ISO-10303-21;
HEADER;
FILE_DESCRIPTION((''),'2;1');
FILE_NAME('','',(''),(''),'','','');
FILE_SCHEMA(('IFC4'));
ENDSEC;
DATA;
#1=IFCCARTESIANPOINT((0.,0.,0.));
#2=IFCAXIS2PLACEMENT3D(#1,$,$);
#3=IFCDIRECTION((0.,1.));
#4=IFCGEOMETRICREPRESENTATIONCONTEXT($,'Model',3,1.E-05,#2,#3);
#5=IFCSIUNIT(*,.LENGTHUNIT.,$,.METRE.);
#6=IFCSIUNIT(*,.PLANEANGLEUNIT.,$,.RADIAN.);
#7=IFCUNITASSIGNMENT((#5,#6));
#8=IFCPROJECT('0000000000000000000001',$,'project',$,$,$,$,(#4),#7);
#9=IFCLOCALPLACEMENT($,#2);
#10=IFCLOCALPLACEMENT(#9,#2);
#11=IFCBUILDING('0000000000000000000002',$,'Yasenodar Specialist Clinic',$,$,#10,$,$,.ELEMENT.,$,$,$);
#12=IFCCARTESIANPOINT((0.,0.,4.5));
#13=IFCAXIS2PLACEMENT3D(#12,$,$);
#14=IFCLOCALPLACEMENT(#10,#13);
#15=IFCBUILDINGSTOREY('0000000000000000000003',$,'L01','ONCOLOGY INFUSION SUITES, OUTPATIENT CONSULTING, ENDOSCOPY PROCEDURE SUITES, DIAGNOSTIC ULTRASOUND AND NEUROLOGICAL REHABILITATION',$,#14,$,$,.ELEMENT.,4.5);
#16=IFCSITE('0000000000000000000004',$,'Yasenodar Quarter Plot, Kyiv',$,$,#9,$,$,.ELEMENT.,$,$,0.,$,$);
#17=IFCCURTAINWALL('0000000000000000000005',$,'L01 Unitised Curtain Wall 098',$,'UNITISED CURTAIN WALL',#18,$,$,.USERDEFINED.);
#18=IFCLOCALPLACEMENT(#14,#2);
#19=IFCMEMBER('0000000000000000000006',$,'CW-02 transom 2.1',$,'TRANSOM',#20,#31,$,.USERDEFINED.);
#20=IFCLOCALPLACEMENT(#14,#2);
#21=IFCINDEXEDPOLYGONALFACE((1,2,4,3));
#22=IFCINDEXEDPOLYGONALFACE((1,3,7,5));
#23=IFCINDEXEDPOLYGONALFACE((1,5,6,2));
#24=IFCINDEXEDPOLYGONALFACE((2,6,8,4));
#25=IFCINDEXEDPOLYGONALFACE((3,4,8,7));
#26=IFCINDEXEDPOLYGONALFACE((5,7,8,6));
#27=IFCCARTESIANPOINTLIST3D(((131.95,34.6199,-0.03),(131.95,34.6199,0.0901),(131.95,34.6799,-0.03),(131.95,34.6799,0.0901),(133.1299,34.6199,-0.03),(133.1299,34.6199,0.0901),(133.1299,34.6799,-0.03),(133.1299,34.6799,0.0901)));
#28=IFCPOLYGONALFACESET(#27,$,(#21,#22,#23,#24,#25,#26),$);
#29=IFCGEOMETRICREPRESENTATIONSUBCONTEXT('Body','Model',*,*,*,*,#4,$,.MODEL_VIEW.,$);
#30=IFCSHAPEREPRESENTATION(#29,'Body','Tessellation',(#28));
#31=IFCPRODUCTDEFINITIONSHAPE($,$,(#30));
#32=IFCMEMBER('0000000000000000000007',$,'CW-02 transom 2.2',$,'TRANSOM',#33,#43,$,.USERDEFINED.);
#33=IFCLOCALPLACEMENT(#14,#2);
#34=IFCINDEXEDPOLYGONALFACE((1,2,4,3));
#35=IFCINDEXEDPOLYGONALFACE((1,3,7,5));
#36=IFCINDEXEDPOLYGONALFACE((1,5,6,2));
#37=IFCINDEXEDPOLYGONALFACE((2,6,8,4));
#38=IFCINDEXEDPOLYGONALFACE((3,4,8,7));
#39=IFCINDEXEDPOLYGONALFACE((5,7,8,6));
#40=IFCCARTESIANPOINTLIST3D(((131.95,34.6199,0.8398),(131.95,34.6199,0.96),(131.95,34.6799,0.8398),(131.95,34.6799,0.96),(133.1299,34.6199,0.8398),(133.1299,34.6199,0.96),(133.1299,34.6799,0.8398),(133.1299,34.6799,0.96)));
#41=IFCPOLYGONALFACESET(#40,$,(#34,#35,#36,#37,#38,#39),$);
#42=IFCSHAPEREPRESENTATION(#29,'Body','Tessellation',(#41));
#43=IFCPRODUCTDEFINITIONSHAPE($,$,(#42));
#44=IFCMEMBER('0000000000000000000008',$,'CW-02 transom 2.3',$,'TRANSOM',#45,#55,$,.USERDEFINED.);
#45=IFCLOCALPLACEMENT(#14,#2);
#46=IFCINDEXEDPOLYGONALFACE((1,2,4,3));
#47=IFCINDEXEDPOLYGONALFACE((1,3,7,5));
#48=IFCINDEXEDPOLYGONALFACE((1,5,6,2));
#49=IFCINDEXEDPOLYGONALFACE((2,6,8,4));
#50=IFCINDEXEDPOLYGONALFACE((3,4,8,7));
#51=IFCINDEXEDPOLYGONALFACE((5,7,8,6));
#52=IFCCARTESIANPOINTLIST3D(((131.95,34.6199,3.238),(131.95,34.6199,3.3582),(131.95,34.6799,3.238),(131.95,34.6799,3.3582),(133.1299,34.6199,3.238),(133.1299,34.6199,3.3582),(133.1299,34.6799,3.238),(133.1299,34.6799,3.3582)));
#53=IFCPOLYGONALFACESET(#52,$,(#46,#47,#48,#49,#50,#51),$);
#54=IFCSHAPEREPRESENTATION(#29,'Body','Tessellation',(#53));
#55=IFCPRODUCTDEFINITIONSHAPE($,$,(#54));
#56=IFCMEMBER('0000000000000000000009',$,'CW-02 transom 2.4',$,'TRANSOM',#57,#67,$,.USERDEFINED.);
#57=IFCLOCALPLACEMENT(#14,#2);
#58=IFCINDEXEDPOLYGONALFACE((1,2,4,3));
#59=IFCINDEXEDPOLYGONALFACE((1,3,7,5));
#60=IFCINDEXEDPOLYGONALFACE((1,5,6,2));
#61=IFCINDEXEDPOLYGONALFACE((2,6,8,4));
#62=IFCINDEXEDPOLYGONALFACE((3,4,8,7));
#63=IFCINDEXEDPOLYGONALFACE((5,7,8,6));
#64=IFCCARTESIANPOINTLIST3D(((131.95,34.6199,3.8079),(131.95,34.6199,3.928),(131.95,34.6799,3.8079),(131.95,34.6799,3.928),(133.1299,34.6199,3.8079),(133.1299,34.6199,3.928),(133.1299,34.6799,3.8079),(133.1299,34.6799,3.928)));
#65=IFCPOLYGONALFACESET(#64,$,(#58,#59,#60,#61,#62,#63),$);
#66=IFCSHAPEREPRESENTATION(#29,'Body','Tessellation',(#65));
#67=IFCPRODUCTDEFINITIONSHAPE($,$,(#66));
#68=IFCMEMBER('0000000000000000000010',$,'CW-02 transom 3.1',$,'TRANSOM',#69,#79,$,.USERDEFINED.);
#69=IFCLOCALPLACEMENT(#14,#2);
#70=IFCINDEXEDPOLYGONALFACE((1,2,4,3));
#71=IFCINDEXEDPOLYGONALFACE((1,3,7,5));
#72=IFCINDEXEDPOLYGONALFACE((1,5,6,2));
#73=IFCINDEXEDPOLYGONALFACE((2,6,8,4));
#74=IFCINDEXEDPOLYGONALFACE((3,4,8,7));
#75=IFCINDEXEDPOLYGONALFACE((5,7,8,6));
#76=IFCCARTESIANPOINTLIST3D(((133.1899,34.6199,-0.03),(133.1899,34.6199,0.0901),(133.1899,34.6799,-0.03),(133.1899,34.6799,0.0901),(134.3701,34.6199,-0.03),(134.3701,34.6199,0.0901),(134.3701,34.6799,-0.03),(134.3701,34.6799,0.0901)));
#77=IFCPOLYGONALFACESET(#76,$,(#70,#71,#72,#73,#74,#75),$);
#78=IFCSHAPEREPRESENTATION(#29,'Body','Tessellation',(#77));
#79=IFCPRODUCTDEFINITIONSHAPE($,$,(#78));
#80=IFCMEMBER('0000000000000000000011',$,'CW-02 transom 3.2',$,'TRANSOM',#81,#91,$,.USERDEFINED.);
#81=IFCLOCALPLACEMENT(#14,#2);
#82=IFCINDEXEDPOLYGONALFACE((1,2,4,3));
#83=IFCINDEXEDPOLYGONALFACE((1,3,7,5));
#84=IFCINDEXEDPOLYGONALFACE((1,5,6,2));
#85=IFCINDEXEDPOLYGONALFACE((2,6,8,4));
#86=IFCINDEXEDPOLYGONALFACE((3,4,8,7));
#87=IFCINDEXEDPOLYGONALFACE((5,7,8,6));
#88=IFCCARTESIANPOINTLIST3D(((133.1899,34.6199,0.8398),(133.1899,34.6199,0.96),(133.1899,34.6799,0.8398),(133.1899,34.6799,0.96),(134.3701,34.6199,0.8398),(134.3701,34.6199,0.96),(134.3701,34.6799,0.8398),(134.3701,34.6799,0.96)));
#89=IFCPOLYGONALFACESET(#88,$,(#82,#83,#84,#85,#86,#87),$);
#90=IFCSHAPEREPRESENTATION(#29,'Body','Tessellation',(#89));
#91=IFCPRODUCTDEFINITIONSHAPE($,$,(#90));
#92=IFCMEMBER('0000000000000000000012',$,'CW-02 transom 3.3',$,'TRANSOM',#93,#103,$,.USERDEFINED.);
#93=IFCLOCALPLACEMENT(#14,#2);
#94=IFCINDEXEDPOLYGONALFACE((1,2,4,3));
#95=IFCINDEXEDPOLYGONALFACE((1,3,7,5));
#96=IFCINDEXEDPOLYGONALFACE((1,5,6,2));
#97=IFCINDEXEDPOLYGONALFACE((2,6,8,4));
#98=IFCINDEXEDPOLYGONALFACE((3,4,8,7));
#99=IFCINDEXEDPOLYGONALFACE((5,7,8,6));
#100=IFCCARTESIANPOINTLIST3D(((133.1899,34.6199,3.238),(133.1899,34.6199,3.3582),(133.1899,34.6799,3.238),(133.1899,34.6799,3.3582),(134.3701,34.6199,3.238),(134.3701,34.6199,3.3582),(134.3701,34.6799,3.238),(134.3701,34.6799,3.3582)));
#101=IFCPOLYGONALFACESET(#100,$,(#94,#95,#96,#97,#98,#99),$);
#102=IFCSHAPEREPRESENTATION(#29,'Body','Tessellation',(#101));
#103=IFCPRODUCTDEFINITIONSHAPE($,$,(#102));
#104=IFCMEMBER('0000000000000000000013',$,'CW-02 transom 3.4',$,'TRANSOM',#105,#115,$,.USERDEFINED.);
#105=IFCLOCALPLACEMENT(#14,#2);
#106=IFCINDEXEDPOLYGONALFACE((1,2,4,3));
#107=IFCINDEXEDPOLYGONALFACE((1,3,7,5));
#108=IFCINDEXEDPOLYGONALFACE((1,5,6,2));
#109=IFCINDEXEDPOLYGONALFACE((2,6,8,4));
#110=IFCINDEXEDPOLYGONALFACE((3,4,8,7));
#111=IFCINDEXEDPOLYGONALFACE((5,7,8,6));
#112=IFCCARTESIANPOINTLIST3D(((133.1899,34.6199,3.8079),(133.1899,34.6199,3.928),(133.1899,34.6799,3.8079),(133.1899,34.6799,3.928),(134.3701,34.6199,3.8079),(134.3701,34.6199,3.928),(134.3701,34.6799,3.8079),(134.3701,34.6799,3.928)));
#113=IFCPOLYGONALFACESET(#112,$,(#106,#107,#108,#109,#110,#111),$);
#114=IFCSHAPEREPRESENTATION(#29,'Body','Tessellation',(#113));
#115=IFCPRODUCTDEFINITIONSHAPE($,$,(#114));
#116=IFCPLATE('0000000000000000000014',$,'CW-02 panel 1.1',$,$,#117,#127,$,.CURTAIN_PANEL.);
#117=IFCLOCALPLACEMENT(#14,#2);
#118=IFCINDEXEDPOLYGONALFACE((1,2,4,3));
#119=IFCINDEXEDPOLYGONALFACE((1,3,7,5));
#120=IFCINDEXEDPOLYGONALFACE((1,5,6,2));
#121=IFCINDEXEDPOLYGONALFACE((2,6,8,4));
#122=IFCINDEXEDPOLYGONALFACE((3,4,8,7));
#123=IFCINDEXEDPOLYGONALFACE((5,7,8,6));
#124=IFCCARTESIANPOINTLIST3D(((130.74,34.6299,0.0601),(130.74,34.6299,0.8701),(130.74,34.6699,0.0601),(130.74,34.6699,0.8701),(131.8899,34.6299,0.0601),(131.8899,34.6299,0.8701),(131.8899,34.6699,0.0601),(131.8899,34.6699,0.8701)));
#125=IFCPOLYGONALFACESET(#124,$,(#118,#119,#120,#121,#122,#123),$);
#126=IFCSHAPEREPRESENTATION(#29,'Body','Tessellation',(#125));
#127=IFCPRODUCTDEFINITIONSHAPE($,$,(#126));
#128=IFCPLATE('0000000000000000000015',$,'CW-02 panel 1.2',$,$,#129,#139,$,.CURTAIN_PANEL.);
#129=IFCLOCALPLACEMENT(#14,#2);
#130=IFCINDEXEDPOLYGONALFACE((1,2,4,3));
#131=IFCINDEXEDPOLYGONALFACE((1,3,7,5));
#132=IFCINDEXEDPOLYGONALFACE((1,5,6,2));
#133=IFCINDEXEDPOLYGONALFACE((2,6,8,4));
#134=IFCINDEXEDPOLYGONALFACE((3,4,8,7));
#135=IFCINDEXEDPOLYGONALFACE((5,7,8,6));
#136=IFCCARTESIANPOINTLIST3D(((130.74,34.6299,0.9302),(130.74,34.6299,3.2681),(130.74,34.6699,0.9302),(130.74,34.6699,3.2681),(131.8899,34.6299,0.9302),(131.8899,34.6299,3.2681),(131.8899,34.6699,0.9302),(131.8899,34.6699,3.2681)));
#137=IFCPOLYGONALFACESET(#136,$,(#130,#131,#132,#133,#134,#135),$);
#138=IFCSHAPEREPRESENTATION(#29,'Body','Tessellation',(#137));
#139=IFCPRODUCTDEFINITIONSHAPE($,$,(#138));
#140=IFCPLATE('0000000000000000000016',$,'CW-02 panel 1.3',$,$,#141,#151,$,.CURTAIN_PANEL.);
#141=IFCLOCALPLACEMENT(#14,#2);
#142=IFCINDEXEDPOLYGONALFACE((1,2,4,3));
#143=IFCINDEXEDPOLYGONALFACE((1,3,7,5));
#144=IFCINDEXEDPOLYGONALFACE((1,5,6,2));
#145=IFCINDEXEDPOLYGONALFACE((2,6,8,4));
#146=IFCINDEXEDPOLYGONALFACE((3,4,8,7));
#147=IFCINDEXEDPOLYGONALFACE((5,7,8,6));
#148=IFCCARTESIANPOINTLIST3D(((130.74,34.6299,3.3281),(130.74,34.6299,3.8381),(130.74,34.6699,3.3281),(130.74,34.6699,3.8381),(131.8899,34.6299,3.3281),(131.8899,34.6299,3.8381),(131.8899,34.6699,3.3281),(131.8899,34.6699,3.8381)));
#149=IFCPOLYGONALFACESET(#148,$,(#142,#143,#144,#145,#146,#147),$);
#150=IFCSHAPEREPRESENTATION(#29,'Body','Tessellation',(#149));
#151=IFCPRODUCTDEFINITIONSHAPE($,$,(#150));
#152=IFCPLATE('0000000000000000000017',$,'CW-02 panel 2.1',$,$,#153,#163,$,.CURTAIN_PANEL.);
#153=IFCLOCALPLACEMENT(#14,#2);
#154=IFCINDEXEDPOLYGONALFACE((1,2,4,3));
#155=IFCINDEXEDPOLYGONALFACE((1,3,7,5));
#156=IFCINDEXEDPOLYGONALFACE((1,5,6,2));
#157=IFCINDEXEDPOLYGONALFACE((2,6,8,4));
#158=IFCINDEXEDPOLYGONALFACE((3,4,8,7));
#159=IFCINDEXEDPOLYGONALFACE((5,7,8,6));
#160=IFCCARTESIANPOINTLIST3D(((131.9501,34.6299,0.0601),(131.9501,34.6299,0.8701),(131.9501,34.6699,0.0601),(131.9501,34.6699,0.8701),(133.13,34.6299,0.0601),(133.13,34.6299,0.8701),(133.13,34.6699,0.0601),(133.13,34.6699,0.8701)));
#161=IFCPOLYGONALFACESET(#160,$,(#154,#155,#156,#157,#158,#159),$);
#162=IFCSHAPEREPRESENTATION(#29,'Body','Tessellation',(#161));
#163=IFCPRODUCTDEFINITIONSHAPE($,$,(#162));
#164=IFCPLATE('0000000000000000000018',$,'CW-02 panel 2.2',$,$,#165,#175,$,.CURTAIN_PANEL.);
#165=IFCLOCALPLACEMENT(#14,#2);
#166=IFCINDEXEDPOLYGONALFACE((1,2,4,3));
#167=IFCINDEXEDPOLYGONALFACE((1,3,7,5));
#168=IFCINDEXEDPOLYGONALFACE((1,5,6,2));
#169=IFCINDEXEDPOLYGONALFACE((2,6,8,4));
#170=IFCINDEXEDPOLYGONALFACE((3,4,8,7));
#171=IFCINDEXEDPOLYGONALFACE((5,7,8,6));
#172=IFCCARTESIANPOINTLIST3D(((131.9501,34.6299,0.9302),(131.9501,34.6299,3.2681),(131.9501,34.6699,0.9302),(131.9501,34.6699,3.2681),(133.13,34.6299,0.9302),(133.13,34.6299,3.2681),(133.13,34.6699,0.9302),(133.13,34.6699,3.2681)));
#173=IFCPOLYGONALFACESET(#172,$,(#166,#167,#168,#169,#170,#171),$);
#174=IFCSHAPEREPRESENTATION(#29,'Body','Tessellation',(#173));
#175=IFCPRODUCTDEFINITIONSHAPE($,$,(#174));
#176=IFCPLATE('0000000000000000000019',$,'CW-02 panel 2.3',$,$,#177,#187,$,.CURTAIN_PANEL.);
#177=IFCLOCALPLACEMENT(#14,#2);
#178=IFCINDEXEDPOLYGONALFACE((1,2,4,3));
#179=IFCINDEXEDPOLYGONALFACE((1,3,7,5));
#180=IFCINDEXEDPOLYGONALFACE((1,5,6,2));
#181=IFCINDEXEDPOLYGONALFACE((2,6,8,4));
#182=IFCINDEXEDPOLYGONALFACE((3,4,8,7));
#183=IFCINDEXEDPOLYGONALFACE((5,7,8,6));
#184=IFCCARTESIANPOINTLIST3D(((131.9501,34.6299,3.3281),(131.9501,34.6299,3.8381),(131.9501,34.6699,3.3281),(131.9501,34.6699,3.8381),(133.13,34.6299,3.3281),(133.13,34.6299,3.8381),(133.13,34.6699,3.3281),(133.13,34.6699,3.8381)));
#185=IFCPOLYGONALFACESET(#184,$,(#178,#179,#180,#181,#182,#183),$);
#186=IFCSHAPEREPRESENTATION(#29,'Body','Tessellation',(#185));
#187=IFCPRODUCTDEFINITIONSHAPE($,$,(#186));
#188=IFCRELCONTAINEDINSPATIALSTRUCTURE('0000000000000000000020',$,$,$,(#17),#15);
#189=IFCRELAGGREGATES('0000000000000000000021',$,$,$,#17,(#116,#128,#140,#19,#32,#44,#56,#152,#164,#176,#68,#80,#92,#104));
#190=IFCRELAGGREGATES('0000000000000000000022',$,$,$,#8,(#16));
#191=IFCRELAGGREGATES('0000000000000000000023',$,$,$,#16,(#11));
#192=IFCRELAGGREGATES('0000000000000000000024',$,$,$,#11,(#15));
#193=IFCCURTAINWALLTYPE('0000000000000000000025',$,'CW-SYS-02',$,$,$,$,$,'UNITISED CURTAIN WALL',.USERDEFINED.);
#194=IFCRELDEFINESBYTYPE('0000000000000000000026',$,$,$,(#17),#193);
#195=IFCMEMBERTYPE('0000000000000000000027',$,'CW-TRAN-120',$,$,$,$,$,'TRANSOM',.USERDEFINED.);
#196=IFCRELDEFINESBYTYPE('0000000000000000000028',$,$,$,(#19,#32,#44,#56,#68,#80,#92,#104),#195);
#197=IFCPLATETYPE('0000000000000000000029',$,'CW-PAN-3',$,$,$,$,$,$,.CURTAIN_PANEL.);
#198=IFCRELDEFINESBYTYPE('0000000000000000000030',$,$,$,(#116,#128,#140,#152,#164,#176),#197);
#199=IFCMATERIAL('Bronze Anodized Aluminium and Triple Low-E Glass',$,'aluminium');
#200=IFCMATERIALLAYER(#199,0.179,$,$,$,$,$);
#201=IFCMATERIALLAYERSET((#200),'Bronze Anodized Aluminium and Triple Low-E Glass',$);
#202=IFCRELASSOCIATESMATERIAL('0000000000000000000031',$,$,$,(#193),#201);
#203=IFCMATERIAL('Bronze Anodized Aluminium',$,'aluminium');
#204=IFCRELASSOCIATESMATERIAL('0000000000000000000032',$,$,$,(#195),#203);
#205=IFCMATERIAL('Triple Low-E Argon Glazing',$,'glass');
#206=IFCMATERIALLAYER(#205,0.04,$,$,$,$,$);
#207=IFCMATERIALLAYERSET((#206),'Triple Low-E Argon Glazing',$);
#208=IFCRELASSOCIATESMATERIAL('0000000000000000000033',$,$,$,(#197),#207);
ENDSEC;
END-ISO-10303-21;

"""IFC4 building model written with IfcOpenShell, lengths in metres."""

from ifc_helpers import new_model, si_unit, direction, frame, origin, origin_2d, place, context, subcontext, project, spatial, rectangle, extrude, material, layer, layer_set, material_profile, profile_set, type_object, element, aggregate, save


model = new_model("IFC4")

# Units and contexts
model_context = context("Model", 3, precision=1e-05, world=origin(), true_north=direction((0.0, 1.0)))
body_context = subcontext(model_context, "Body", "Model", "MODEL_VIEW")
ifc_project = project(units=[si_unit("LENGTHUNIT", "METRE"), si_unit("PLANEANGLEUNIT", "RADIAN")], contexts=[model_context])

# Site, building, storey
site_placement = place(None, origin())
site = spatial("IfcSite", under=ifc_project, at=site_placement, Name="Yasenodar Quarter Plot, Kyiv", CompositionType="ELEMENT", RefElevation=0.0)
building_placement = place(site_placement, origin())
building = spatial("IfcBuilding", under=site, at=building_placement, Name="Yasenodar Specialist Clinic", CompositionType="ELEMENT")
storey_placement = place(building_placement, frame((0.0, 0.0, 4.5)))
storey = spatial("IfcBuildingStorey", under=building, at=storey_placement, Name="L01", Description="ONCOLOGY INFUSION SUITES, OUTPATIENT CONSULTING, ENDOSCOPY PROCEDURE SUITES, DIAGNOSTIC ULTRASOUND AND NEUROLOGICAL REHABILITATION", CompositionType="ELEMENT", Elevation=4.5)

# Curtain wall, members, plates
ifc_material_1 = material(Name="Bronze Anodized Aluminium and Triple Low-E Glass", Category="aluminium")
ifc_layer_1 = layer(ifc_material_1, 0.179)
ifc_layer_set_1 = layer_set([ifc_layer_1], Name="Bronze Anodized Aluminium and Triple Low-E Glass")
curtain_wall_type = type_object("IfcCurtainWallType", Name="CW-SYS-02", ElementType="UNITISED CURTAIN WALL", PredefinedType="USERDEFINED", material=ifc_layer_set_1)
curtain_wall_placement = place(storey_placement, origin())
curtain_wall = element("IfcCurtainWall", 1, at=curtain_wall_placement, inside=storey, type_object=curtain_wall_type, Name="L01 Unitised Curtain Wall 098", ObjectType="UNITISED CURTAIN WALL", PredefinedType="USERDEFINED")
ifc_material_2 = material(Name="Bronze Anodized Aluminium", Category="aluminium")
ifc_material_profile_1 = material_profile(ifc_material_2, rectangle(XDim=0.0601, YDim=0.1201, at=origin_2d()), Name="CW-TRAN 60x120")
ifc_profile_set_1 = profile_set([ifc_material_profile_1], Name="Bronze Anodized Aluminium")
member_type_1 = type_object("IfcMemberType", Name="CW-TRAN-120", ElementType="TRANSOM", PredefinedType="USERDEFINED", material=ifc_profile_set_1)
member_1_placement = place(storey_placement, frame((131.95, 34.6499, 0.03), z_axis=(1.0, 0.0, 0.0), x_axis=(0.0, 1.0, 0.0)))
member_1 = element("IfcMember", 2, at=member_1_placement, type_object=member_type_1, Name="CW-02 transom 2.1", ObjectType="TRANSOM", PredefinedType="USERDEFINED", context=body_context, shape_type="SweptSolid", body=[
    extrude(rectangle(XDim=0.0601, YDim=0.1201, at=origin_2d()), origin(), (0.0, 0.0, 1.0), 1.1799),
])
member_2_placement = place(storey_placement, frame((131.95, 34.6499, 0.8999), z_axis=(1.0, 0.0, 0.0), x_axis=(0.0, 1.0, 0.0)))
member_2 = element("IfcMember", 3, at=member_2_placement, type_object=member_type_1, Name="CW-02 transom 2.2", ObjectType="TRANSOM", PredefinedType="USERDEFINED", context=body_context, shape_type="SweptSolid", body=[
    extrude(rectangle(XDim=0.0601, YDim=0.1201, at=origin_2d()), origin(), (0.0, 0.0, 1.0), 1.1799),
])
member_3_placement = place(storey_placement, frame((131.95, 34.6499, 3.2981), z_axis=(1.0, 0.0, 0.0), x_axis=(0.0, 1.0, 0.0)))
member_3 = element("IfcMember", 4, at=member_3_placement, type_object=member_type_1, Name="CW-02 transom 2.3", ObjectType="TRANSOM", PredefinedType="USERDEFINED", context=body_context, shape_type="SweptSolid", body=[
    extrude(rectangle(XDim=0.0601, YDim=0.1201, at=origin_2d()), origin(), (0.0, 0.0, 1.0), 1.1799),
])
member_4_placement = place(storey_placement, frame((131.95, 34.6499, 3.8679), z_axis=(1.0, 0.0, 0.0), x_axis=(0.0, 1.0, 0.0)))
member_4 = element("IfcMember", 5, at=member_4_placement, type_object=member_type_1, Name="CW-02 transom 2.4", ObjectType="TRANSOM", PredefinedType="USERDEFINED", context=body_context, shape_type="SweptSolid", body=[
    extrude(rectangle(XDim=0.0601, YDim=0.1201, at=origin_2d()), origin(), (0.0, 0.0, 1.0), 1.1799),
])
member_5_placement = place(storey_placement, frame((133.1899, 34.6499, 0.03), z_axis=(1.0, 0.0, 0.0), x_axis=(0.0, 1.0, 0.0)))
member_5 = element("IfcMember", 6, at=member_5_placement, type_object=member_type_1, Name="CW-02 transom 3.1", ObjectType="TRANSOM", PredefinedType="USERDEFINED", context=body_context, shape_type="SweptSolid", body=[
    extrude(rectangle(XDim=0.0601, YDim=0.1201, at=origin_2d()), origin(), (0.0, 0.0, 1.0), 1.1802),
])
member_6_placement = place(storey_placement, frame((133.1899, 34.6499, 0.8999), z_axis=(1.0, 0.0, 0.0), x_axis=(0.0, 1.0, 0.0)))
member_6 = element("IfcMember", 7, at=member_6_placement, type_object=member_type_1, Name="CW-02 transom 3.2", ObjectType="TRANSOM", PredefinedType="USERDEFINED", context=body_context, shape_type="SweptSolid", body=[
    extrude(rectangle(XDim=0.0601, YDim=0.1201, at=origin_2d()), origin(), (0.0, 0.0, 1.0), 1.1802),
])
member_7_placement = place(storey_placement, frame((133.1899, 34.6499, 3.2981), z_axis=(1.0, 0.0, 0.0), x_axis=(0.0, 1.0, 0.0)))
member_7 = element("IfcMember", 8, at=member_7_placement, type_object=member_type_1, Name="CW-02 transom 3.3", ObjectType="TRANSOM", PredefinedType="USERDEFINED", context=body_context, shape_type="SweptSolid", body=[
    extrude(rectangle(XDim=0.0601, YDim=0.1201, at=origin_2d()), origin(), (0.0, 0.0, 1.0), 1.1802),
])
member_8_placement = place(storey_placement, frame((133.1899, 34.6499, 3.8679), z_axis=(1.0, 0.0, 0.0), x_axis=(0.0, 1.0, 0.0)))
member_8 = element("IfcMember", 9, at=member_8_placement, type_object=member_type_1, Name="CW-02 transom 3.4", ObjectType="TRANSOM", PredefinedType="USERDEFINED", context=body_context, shape_type="SweptSolid", body=[
    extrude(rectangle(XDim=0.0601, YDim=0.1201, at=origin_2d()), origin(), (0.0, 0.0, 1.0), 1.1802),
])
ifc_material_3 = material(Name="Triple Low-E Argon Glazing", Category="glass")
ifc_layer_2 = layer(ifc_material_3, 0.04)
ifc_layer_set_2 = layer_set([ifc_layer_2], Name="Triple Low-E Argon Glazing")
plate_type = type_object("IfcPlateType", Name="CW-PAN-3", PredefinedType="CURTAIN_PANEL", material=ifc_layer_set_2)
plate_1_placement = place(storey_placement, frame((131.3149, 34.6499, 0.0601), z_axis=(0.0, 0.0, 1.0), x_axis=(1.0, 0.0, 0.0)))
plate_1 = element("IfcPlate", 10, at=plate_1_placement, type_object=plate_type, Name="CW-02 panel 1.1", PredefinedType="CURTAIN_PANEL", context=body_context, shape_type="SweptSolid", body=[
    extrude(rectangle(XDim=1.1499, YDim=0.04, at=origin_2d()), origin(), (0.0, 0.0, 1.0), 0.8101),
])
plate_2_placement = place(storey_placement, frame((131.3149, 34.6499, 0.9302), z_axis=(0.0, 0.0, 1.0), x_axis=(1.0, 0.0, 0.0)))
plate_2 = element("IfcPlate", 11, at=plate_2_placement, type_object=plate_type, Name="CW-02 panel 1.2", PredefinedType="CURTAIN_PANEL", context=body_context, shape_type="SweptSolid", body=[
    extrude(rectangle(XDim=1.1499, YDim=0.04, at=origin_2d()), origin(), (0.0, 0.0, 1.0), 2.3379),
])
plate_3_placement = place(storey_placement, frame((131.3149, 34.6499, 3.3281), z_axis=(0.0, 0.0, 1.0), x_axis=(1.0, 0.0, 0.0)))
plate_3 = element("IfcPlate", 12, at=plate_3_placement, type_object=plate_type, Name="CW-02 panel 1.3", PredefinedType="CURTAIN_PANEL", context=body_context, shape_type="SweptSolid", body=[
    extrude(rectangle(XDim=1.1499, YDim=0.04, at=origin_2d()), origin(), (0.0, 0.0, 1.0), 0.51),
])
plate_4_placement = place(storey_placement, frame((132.54, 34.6499, 0.0601), z_axis=(0.0, 0.0, 1.0), x_axis=(1.0, 0.0, 0.0)))
plate_4 = element("IfcPlate", 13, at=plate_4_placement, type_object=plate_type, Name="CW-02 panel 2.1", PredefinedType="CURTAIN_PANEL", context=body_context, shape_type="SweptSolid", body=[
    extrude(rectangle(XDim=1.1799, YDim=0.04, at=origin_2d()), origin(), (0.0, 0.0, 1.0), 0.8101),
])
plate_5_placement = place(storey_placement, frame((132.54, 34.6499, 0.9302), z_axis=(0.0, 0.0, 1.0), x_axis=(1.0, 0.0, 0.0)))
plate_5 = element("IfcPlate", 14, at=plate_5_placement, type_object=plate_type, Name="CW-02 panel 2.2", PredefinedType="CURTAIN_PANEL", context=body_context, shape_type="SweptSolid", body=[
    extrude(rectangle(XDim=1.1799, YDim=0.04, at=origin_2d()), origin(), (0.0, 0.0, 1.0), 2.3379),
])
plate_6_placement = place(storey_placement, frame((132.54, 34.6499, 3.3281), z_axis=(0.0, 0.0, 1.0), x_axis=(1.0, 0.0, 0.0)))
plate_6 = element("IfcPlate", 15, at=plate_6_placement, type_object=plate_type, Name="CW-02 panel 2.3", PredefinedType="CURTAIN_PANEL", context=body_context, shape_type="SweptSolid", body=[
    extrude(rectangle(XDim=1.1799, YDim=0.04, at=origin_2d()), origin(), (0.0, 0.0, 1.0), 0.51),
])
aggregate(curtain_wall, [plate_1, plate_2, plate_3, member_1, member_2, member_3, member_4, plate_4, plate_5, plate_6, member_5, member_6, member_7, member_8])

save(model, "model.ifc")
